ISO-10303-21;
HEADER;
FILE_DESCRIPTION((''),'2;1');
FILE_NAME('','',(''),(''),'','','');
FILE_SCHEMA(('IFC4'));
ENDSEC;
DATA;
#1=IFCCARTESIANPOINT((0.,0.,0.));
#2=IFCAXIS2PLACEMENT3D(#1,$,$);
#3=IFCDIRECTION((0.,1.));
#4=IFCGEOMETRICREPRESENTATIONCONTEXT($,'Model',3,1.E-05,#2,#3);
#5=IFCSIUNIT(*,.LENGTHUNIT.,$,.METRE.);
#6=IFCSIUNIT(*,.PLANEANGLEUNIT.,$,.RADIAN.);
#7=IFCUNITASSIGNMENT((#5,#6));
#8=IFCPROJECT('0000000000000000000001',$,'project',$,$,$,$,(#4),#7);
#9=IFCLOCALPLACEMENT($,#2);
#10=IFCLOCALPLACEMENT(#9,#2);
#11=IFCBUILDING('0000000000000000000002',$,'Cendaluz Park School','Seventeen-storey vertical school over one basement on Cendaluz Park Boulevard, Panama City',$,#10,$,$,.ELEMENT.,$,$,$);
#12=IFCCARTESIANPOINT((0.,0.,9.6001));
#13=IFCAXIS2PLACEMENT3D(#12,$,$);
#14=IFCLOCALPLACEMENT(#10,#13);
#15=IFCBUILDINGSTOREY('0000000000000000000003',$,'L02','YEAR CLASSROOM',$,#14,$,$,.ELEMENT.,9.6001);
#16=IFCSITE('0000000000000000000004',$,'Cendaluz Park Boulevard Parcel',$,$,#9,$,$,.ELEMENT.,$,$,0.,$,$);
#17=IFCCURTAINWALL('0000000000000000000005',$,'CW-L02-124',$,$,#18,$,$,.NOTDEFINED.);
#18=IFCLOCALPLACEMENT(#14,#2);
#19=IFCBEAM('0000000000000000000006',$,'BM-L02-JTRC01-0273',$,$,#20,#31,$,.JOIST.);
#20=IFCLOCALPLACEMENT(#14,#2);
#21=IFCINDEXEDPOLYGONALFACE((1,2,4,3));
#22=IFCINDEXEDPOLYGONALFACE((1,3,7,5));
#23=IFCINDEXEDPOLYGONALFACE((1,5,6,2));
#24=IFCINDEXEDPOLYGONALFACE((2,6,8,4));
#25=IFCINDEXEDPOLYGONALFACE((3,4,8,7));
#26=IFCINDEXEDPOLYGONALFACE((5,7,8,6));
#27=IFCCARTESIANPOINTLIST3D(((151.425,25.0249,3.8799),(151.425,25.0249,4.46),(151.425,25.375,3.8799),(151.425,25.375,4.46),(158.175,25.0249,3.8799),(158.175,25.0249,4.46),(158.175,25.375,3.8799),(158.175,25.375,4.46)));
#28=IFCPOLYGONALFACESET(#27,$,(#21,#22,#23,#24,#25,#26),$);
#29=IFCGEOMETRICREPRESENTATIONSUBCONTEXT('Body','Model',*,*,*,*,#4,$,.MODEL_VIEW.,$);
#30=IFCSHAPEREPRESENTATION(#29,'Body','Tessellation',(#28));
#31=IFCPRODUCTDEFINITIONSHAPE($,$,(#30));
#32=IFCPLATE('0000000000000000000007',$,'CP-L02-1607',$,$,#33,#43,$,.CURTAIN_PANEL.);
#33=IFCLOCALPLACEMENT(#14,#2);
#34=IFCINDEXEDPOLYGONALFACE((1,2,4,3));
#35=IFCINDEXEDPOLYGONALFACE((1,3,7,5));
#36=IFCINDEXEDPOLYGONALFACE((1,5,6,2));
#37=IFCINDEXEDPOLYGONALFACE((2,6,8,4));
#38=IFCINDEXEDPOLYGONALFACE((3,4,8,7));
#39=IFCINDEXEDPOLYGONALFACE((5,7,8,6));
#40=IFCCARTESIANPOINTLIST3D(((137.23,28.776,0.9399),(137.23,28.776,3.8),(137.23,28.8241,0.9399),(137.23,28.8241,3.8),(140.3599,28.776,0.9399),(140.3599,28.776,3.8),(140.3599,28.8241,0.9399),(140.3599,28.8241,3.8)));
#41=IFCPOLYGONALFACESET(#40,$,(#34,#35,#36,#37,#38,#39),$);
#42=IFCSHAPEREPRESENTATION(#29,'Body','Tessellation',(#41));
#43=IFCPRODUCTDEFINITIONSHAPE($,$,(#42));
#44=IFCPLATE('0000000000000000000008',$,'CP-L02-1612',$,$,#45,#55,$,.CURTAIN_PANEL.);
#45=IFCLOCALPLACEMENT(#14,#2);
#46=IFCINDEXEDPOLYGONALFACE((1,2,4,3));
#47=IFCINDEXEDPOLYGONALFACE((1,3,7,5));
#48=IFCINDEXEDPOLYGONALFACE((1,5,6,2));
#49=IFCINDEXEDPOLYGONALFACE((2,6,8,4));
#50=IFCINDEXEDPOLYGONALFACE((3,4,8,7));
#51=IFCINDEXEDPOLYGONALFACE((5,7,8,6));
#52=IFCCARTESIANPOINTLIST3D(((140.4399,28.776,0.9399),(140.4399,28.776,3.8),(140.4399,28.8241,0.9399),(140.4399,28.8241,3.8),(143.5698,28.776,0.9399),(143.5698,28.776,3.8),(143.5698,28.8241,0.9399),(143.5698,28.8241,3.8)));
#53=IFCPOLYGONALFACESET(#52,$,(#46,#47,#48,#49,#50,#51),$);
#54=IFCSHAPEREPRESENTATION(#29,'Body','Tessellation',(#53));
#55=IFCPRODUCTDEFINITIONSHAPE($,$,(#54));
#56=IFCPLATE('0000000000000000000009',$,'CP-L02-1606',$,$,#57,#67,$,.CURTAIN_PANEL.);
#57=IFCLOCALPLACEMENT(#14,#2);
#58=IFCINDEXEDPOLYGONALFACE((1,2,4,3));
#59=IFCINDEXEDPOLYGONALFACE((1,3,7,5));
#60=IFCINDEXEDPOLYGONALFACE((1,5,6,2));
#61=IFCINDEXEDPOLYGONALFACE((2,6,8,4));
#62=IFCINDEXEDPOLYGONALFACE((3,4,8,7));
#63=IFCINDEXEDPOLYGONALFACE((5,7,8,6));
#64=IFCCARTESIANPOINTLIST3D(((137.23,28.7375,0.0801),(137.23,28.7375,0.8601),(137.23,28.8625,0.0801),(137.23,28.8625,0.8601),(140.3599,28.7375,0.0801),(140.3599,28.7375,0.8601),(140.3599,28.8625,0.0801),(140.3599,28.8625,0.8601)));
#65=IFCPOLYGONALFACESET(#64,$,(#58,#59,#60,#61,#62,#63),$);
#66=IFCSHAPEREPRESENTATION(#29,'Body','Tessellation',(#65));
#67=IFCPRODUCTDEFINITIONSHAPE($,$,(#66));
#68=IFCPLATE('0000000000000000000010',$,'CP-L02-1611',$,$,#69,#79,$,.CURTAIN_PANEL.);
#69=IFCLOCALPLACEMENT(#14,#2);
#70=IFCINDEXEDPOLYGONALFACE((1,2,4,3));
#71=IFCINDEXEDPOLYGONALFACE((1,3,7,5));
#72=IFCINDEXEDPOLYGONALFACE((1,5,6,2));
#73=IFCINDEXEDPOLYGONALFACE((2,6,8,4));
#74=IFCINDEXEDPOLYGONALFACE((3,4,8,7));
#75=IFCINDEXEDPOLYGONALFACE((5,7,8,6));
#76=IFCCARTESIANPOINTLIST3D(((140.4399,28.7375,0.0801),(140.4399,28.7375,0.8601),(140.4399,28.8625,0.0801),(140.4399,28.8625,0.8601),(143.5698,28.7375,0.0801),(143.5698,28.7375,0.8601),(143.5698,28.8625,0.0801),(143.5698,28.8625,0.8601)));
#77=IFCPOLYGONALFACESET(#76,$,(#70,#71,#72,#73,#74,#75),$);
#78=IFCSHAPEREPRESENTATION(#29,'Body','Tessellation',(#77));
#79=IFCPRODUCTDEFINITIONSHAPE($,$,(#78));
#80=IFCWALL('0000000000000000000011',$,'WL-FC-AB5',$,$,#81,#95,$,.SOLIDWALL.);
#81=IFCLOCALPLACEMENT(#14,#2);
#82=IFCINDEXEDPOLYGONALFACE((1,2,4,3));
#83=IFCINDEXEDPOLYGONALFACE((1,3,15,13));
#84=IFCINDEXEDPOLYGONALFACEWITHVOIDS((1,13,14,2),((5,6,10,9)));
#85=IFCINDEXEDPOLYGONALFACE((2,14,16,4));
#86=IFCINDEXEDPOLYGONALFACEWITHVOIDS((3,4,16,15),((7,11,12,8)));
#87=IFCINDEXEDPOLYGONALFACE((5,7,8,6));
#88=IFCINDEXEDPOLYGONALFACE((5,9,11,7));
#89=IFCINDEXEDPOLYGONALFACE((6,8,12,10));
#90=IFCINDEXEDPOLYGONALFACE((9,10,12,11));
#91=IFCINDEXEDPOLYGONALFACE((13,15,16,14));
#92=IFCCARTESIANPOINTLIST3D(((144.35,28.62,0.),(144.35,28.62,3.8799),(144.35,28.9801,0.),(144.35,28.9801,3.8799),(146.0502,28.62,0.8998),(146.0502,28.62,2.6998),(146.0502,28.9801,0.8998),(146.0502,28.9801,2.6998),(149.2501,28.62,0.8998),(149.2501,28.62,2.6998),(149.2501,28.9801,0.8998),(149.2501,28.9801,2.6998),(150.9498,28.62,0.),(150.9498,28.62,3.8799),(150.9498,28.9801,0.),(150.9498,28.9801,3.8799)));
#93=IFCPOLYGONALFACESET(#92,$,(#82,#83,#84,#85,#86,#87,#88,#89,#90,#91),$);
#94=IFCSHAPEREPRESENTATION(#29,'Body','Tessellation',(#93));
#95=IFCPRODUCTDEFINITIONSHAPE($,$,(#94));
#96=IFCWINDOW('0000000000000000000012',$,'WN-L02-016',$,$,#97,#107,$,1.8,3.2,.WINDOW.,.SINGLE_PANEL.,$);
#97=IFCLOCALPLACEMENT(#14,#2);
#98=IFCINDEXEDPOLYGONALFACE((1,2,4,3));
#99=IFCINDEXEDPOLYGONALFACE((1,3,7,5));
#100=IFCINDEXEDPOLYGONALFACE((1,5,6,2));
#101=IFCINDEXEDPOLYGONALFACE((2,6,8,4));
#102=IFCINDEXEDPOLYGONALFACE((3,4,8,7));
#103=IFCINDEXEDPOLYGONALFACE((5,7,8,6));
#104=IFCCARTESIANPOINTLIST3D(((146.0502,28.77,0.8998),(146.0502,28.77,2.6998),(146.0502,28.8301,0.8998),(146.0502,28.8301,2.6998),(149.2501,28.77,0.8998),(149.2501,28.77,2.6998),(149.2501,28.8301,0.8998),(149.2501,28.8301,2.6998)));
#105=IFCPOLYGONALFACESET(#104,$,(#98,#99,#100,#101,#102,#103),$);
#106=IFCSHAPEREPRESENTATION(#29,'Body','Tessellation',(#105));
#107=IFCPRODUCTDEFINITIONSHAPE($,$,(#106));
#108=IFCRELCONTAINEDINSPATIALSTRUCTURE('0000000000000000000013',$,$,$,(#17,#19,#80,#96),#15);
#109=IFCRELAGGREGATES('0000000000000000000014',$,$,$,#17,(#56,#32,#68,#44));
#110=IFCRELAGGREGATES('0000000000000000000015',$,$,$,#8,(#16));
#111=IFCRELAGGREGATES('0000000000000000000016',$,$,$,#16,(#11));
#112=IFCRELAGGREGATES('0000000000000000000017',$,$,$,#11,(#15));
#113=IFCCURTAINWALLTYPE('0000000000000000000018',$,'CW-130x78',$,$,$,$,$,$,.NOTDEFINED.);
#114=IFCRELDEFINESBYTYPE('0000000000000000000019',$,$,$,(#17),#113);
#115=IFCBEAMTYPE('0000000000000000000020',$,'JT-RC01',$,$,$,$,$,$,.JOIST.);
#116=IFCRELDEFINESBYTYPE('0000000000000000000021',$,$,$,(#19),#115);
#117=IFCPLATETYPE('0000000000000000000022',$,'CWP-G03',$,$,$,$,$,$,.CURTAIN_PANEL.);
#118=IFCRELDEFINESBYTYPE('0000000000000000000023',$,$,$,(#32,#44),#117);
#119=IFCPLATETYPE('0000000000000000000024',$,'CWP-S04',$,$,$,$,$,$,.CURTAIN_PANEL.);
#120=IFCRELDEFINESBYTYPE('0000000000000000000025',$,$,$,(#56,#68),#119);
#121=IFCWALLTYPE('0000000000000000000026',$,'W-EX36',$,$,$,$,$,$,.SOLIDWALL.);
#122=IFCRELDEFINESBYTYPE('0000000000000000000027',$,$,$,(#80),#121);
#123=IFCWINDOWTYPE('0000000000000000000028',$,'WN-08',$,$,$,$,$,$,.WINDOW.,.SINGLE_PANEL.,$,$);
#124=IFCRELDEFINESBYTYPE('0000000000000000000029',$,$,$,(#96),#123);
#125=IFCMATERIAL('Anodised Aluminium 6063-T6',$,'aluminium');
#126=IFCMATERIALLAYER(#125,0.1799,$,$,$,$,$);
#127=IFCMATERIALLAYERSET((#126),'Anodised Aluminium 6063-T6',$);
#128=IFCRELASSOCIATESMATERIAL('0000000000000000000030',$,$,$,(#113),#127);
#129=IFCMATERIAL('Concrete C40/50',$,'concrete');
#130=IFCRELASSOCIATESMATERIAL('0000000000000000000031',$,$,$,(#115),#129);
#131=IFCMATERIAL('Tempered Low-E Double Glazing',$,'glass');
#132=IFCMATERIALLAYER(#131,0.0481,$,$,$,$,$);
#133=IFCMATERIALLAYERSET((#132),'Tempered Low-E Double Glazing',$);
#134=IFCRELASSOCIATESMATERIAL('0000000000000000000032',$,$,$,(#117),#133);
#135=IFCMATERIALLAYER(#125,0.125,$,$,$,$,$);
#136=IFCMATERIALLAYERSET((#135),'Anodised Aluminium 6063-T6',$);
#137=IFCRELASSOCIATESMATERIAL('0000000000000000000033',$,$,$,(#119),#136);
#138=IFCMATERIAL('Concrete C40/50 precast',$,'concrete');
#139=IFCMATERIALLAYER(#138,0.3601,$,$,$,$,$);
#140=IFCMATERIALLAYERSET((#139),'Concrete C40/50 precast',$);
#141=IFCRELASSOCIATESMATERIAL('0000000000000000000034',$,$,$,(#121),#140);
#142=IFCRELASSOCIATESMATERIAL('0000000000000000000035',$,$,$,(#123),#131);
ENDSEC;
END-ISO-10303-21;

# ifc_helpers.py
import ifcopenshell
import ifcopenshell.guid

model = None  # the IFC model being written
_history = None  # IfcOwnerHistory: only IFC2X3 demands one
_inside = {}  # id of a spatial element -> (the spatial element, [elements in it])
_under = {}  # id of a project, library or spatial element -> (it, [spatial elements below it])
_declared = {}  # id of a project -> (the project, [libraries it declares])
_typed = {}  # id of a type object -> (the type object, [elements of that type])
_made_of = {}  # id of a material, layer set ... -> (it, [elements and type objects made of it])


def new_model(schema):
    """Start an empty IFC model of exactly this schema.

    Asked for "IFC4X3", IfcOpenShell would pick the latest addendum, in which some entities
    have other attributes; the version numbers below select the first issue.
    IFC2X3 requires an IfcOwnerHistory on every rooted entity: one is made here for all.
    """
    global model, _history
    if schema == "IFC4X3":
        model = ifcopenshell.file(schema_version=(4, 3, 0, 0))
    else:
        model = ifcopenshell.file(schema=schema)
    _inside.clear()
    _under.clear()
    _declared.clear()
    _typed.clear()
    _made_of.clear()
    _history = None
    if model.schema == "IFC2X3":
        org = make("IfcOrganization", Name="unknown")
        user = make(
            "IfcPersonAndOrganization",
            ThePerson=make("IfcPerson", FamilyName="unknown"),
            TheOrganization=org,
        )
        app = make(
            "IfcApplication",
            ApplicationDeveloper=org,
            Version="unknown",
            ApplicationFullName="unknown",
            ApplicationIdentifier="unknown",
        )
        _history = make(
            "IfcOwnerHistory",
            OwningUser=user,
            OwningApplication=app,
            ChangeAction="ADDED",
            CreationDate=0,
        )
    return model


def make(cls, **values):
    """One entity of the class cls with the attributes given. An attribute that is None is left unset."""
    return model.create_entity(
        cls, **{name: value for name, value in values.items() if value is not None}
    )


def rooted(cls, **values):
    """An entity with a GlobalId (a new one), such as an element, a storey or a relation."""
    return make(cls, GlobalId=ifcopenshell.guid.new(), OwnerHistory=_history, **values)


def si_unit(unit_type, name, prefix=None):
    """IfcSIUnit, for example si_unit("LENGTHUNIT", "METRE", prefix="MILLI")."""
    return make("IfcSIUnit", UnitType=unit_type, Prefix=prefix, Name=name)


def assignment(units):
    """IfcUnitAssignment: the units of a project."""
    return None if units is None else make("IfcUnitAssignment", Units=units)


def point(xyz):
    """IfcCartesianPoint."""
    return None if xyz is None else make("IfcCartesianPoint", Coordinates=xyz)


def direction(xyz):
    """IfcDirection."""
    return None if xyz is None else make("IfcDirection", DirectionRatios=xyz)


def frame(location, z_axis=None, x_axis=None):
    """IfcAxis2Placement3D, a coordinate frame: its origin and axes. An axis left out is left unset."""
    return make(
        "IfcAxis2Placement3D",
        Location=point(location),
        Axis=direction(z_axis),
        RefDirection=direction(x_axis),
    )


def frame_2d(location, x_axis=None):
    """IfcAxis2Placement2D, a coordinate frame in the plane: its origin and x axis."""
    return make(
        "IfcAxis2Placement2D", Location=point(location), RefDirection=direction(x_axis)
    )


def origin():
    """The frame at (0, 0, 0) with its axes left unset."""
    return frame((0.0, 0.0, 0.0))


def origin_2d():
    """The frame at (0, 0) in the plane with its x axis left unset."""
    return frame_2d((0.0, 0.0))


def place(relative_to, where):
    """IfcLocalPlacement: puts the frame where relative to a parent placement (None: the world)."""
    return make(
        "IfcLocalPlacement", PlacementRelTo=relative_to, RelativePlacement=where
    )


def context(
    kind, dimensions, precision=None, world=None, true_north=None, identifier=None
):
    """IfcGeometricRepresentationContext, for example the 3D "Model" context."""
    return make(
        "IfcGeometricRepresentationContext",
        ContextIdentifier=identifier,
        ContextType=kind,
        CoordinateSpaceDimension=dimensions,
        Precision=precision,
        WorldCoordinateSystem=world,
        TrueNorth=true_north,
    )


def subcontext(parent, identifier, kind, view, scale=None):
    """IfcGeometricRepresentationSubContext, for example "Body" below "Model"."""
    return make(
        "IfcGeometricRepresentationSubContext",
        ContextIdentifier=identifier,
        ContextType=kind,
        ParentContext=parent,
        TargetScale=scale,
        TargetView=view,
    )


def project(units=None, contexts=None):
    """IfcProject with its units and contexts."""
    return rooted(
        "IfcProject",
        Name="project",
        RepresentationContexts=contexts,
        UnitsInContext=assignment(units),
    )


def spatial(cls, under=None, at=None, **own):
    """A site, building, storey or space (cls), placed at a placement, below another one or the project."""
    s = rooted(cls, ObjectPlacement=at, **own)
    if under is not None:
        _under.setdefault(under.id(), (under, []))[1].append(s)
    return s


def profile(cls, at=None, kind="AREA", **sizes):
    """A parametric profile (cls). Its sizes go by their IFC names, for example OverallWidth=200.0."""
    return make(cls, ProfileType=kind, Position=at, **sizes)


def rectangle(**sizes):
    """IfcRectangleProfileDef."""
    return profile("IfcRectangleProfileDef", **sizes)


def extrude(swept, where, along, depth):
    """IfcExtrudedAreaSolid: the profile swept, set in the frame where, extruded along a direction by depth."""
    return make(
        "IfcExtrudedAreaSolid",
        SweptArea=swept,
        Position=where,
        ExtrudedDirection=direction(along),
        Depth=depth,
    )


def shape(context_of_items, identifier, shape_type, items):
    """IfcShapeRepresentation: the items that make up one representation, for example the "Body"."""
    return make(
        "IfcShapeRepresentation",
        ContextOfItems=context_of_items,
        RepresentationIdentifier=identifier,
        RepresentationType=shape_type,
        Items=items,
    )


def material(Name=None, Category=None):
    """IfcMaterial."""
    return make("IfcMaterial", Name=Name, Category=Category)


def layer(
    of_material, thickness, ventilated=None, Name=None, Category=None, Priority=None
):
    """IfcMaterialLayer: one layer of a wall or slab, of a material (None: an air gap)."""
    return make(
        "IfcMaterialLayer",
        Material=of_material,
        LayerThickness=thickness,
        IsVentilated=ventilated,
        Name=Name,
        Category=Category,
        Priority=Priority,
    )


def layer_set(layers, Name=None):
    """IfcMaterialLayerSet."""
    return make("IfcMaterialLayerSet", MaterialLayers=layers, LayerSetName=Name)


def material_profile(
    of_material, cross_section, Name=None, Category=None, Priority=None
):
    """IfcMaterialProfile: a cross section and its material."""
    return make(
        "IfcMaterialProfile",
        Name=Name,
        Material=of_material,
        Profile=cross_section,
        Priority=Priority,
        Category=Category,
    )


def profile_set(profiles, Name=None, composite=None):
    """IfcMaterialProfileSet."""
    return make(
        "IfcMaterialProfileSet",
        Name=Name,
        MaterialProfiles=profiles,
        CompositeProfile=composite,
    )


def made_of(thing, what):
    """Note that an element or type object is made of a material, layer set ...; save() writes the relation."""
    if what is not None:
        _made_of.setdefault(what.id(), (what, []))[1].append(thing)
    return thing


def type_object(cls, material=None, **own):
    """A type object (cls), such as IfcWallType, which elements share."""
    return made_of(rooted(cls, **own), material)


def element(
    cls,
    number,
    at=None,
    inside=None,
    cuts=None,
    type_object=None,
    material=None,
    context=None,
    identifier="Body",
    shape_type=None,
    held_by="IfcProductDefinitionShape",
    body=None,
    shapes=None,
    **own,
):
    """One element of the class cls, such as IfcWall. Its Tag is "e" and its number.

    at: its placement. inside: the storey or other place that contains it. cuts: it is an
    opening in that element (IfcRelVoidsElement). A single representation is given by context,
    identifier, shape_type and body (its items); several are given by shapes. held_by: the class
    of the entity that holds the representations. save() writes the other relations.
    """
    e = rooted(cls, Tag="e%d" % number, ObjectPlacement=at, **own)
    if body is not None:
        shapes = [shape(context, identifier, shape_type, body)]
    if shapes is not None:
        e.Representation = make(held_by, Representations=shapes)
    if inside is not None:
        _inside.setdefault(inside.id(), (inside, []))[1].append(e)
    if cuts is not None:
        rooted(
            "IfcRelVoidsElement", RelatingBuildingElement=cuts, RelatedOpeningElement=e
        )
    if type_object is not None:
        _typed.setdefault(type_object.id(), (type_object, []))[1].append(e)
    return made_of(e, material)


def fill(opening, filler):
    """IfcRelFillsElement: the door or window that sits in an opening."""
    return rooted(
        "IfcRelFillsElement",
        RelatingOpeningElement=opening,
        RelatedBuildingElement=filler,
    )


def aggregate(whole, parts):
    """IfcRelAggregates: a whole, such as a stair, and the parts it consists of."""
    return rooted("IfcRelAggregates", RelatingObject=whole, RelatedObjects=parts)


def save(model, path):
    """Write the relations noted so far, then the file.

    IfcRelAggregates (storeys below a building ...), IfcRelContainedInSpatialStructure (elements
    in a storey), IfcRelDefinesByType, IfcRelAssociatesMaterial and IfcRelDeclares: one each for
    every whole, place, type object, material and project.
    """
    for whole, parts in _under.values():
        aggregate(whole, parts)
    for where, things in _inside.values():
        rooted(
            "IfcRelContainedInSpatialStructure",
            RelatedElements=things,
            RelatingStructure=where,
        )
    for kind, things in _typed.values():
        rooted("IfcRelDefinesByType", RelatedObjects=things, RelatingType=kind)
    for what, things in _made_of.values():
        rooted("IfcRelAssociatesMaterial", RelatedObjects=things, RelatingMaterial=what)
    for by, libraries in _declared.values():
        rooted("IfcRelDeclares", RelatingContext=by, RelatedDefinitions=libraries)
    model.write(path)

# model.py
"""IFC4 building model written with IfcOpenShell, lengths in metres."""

from ifc_helpers import new_model, si_unit, direction, frame, frame_2d, origin, origin_2d, place, context, subcontext, project, spatial, rectangle, extrude, material, layer, layer_set, material_profile, profile_set, type_object, element, fill, aggregate, save


model = new_model("IFC4")

# Units and contexts
model_context = context("Model", 3, precision=1e-05, world=origin(), true_north=direction((0.0, 1.0)))
body_context = subcontext(model_context, "Body", "Model", "MODEL_VIEW")
ifc_project = project(units=[si_unit("LENGTHUNIT", "METRE"), si_unit("PLANEANGLEUNIT", "RADIAN")], contexts=[model_context])

# Site, building, storey
site_placement = place(None, origin())
site = spatial("IfcSite", under=ifc_project, at=site_placement, Name="Cendaluz Park Boulevard Parcel", CompositionType="ELEMENT", RefElevation=0.0)
building_placement = place(site_placement, origin())
building = spatial("IfcBuilding", under=site, at=building_placement, Name="Cendaluz Park School", Description="Seventeen-storey vertical school over one basement on Cendaluz Park Boulevard, Panama City", CompositionType="ELEMENT")
storey_placement = place(building_placement, frame((0.0, 0.0, 9.6001)))
storey = spatial("IfcBuildingStorey", under=building, at=storey_placement, Name="L02", Description="YEAR CLASSROOM", CompositionType="ELEMENT", Elevation=9.6001)

# Shared definitions
ifc_material_1 = material(Name="Concrete C40/50", Category="concrete")

# Curtain wall
ifc_material_2 = material(Name="Anodised Aluminium 6063-T6", Category="aluminium")
ifc_layer_1 = layer(ifc_material_2, 0.1799)
ifc_layer_set_1 = layer_set([ifc_layer_1], Name="Anodised Aluminium 6063-T6")
curtain_wall_type_1 = type_object("IfcCurtainWallType", Name="CW-130x78", PredefinedType="NOTDEFINED", material=ifc_layer_set_1)
curtain_wall_1_placement = place(storey_placement, origin())
curtain_wall_1 = element("IfcCurtainWall", 1, at=curtain_wall_1_placement, inside=storey, type_object=curtain_wall_type_1, Name="CW-L02-124", PredefinedType="NOTDEFINED")

# Beam
ifc_material_profile_1 = material_profile(ifc_material_1, rectangle(XDim=0.3501, YDim=0.5801, at=origin_2d()), Name="RC 350x580", Category="concrete")
ifc_profile_set_1 = profile_set([ifc_material_profile_1], Name="Concrete C40/50")
beam_type_1 = type_object("IfcBeamType", Name="JT-RC01", PredefinedType="JOIST", material=ifc_profile_set_1)
beam_1_placement = place(storey_placement, frame((151.425, 25.2, 4.1699), z_axis=(1.0, 0.0, 0.0), x_axis=(0.0, 1.0, 0.0)))
element("IfcBeam", 2, at=beam_1_placement, inside=storey, type_object=beam_type_1, Name="BM-L02-JTRC01-0273", PredefinedType="JOIST", context=body_context, shape_type="SweptSolid", body=[
    extrude(rectangle(XDim=0.3501, YDim=0.5801, at=origin_2d()), origin(), (0.0, 0.0, 1.0), 6.75),
])

# Plates
ifc_material_3 = material(Name="Tempered Low-E Double Glazing", Category="glass")
ifc_layer_2 = layer(ifc_material_3, 0.0481)
ifc_layer_set_2 = layer_set([ifc_layer_2], Name="Tempered Low-E Double Glazing")
plate_type_1 = type_object("IfcPlateType", Name="CWP-G03", PredefinedType="CURTAIN_PANEL", material=ifc_layer_set_2)
plate_1_placement = place(storey_placement, frame((138.7949, 28.8, 0.9399), z_axis=(0.0, 0.0, 1.0), x_axis=(1.0, 0.0, 0.0)))
plate_1 = element("IfcPlate", 3, at=plate_1_placement, type_object=plate_type_1, Name="CP-L02-1607", PredefinedType="CURTAIN_PANEL", context=body_context, shape_type="SweptSolid", body=[
    extrude(rectangle(XDim=3.1299, YDim=0.0481, at=origin_2d()), origin(), (0.0, 0.0, 1.0), 2.8601),
])
plate_2_placement = place(storey_placement, frame((142.0049, 28.8, 0.9399), z_axis=(0.0, 0.0, 1.0), x_axis=(1.0, 0.0, 0.0)))
plate_2 = element("IfcPlate", 4, at=plate_2_placement, type_object=plate_type_1, Name="CP-L02-1612", PredefinedType="CURTAIN_PANEL", context=body_context, shape_type="SweptSolid", body=[
    extrude(rectangle(XDim=3.1299, YDim=0.0481, at=origin_2d()), origin(), (0.0, 0.0, 1.0), 2.8601),
])
ifc_layer_3 = layer(ifc_material_2, 0.125)
ifc_layer_set_3 = layer_set([ifc_layer_3], Name="Anodised Aluminium 6063-T6")
plate_type_2 = type_object("IfcPlateType", Name="CWP-S04", PredefinedType="CURTAIN_PANEL", material=ifc_layer_set_3)
plate_3_placement = place(storey_placement, frame((138.7949, 28.8, 0.0801), z_axis=(0.0, 0.0, 1.0), x_axis=(1.0, 0.0, 0.0)))
plate_3 = element("IfcPlate", 5, at=plate_3_placement, type_object=plate_type_2, Name="CP-L02-1606", PredefinedType="CURTAIN_PANEL", context=body_context, shape_type="SweptSolid", body=[
    extrude(rectangle(XDim=3.1299, YDim=0.125, at=origin_2d()), origin(), (0.0, 0.0, 1.0), 0.78),
])
plate_4_placement = place(storey_placement, frame((142.0049, 28.8, 0.0801), z_axis=(0.0, 0.0, 1.0), x_axis=(1.0, 0.0, 0.0)))
plate_4 = element("IfcPlate", 6, at=plate_4_placement, type_object=plate_type_2, Name="CP-L02-1611", PredefinedType="CURTAIN_PANEL", context=body_context, shape_type="SweptSolid", body=[
    extrude(rectangle(XDim=3.1299, YDim=0.125, at=origin_2d()), origin(), (0.0, 0.0, 1.0), 0.78),
])
aggregate(curtain_wall_1, [plate_3, plate_1, plate_4, plate_2])

# Wall, opening, window
ifc_material_4 = material(Name="Concrete C40/50 precast", Category="concrete")
ifc_layer_4 = layer(ifc_material_4, 0.3601)
ifc_layer_set_4 = layer_set([ifc_layer_4], Name="Concrete C40/50 precast")
wall_type = type_object("IfcWallType", Name="W-EX36", PredefinedType="SOLIDWALL", material=ifc_layer_set_4)
wall_placement = place(storey_placement, frame((144.3501, 28.8, 0.0), z_axis=(0.0, 0.0, 1.0), x_axis=(1.0, 0.0, 0.0)))
wall = element("IfcWall", 7, at=wall_placement, inside=storey, type_object=wall_type, Name="WL-FC-AB5", PredefinedType="SOLIDWALL", context=body_context, shape_type="SweptSolid", body=[
    extrude(rectangle(XDim=6.5999, YDim=0.3601, at=frame_2d((3.2998, 0.0))), origin(), (0.0, 0.0, 1.0), 3.8799),
])
opening_placement = place(wall_placement, frame((1.7, 0.0, 0.8999)))
opening = element("IfcOpeningElement", 8, at=opening_placement, cuts=wall, PredefinedType="OPENING", context=body_context, shape_type="SweptSolid", body=[
    extrude(rectangle(XDim=3.2, YDim=1.8, at=frame_2d((1.6001, 0.8999))), frame((0.0, 0.1921, 0.0), z_axis=(0.0, -1.0, 0.0), x_axis=(1.0, 0.0, 0.0)), (0.0, 0.0, 1.0), 0.384),
])
window_type = type_object("IfcWindowType", Name="WN-08", PartitioningType="SINGLE_PANEL", PredefinedType="WINDOW", material=ifc_material_3)
window_placement = place(opening_placement, origin())
window = element("IfcWindow", 9, at=window_placement, inside=storey, type_object=window_type, Name="WN-L02-016", OverallHeight=1.8, OverallWidth=3.2, PartitioningType="SINGLE_PANEL", PredefinedType="WINDOW", context=body_context, shape_type="SweptSolid", body=[
    extrude(rectangle(XDim=3.2, YDim=1.8, at=frame_2d((1.6001, 0.8999))), frame((0.0, 0.03, 0.0), z_axis=(0.0, -1.0, 0.0), x_axis=(1.0, 0.0, 0.0)), (0.0, 0.0, 1.0), 0.0601),
])
fill(opening, window)

save(model, "model.ifc")
